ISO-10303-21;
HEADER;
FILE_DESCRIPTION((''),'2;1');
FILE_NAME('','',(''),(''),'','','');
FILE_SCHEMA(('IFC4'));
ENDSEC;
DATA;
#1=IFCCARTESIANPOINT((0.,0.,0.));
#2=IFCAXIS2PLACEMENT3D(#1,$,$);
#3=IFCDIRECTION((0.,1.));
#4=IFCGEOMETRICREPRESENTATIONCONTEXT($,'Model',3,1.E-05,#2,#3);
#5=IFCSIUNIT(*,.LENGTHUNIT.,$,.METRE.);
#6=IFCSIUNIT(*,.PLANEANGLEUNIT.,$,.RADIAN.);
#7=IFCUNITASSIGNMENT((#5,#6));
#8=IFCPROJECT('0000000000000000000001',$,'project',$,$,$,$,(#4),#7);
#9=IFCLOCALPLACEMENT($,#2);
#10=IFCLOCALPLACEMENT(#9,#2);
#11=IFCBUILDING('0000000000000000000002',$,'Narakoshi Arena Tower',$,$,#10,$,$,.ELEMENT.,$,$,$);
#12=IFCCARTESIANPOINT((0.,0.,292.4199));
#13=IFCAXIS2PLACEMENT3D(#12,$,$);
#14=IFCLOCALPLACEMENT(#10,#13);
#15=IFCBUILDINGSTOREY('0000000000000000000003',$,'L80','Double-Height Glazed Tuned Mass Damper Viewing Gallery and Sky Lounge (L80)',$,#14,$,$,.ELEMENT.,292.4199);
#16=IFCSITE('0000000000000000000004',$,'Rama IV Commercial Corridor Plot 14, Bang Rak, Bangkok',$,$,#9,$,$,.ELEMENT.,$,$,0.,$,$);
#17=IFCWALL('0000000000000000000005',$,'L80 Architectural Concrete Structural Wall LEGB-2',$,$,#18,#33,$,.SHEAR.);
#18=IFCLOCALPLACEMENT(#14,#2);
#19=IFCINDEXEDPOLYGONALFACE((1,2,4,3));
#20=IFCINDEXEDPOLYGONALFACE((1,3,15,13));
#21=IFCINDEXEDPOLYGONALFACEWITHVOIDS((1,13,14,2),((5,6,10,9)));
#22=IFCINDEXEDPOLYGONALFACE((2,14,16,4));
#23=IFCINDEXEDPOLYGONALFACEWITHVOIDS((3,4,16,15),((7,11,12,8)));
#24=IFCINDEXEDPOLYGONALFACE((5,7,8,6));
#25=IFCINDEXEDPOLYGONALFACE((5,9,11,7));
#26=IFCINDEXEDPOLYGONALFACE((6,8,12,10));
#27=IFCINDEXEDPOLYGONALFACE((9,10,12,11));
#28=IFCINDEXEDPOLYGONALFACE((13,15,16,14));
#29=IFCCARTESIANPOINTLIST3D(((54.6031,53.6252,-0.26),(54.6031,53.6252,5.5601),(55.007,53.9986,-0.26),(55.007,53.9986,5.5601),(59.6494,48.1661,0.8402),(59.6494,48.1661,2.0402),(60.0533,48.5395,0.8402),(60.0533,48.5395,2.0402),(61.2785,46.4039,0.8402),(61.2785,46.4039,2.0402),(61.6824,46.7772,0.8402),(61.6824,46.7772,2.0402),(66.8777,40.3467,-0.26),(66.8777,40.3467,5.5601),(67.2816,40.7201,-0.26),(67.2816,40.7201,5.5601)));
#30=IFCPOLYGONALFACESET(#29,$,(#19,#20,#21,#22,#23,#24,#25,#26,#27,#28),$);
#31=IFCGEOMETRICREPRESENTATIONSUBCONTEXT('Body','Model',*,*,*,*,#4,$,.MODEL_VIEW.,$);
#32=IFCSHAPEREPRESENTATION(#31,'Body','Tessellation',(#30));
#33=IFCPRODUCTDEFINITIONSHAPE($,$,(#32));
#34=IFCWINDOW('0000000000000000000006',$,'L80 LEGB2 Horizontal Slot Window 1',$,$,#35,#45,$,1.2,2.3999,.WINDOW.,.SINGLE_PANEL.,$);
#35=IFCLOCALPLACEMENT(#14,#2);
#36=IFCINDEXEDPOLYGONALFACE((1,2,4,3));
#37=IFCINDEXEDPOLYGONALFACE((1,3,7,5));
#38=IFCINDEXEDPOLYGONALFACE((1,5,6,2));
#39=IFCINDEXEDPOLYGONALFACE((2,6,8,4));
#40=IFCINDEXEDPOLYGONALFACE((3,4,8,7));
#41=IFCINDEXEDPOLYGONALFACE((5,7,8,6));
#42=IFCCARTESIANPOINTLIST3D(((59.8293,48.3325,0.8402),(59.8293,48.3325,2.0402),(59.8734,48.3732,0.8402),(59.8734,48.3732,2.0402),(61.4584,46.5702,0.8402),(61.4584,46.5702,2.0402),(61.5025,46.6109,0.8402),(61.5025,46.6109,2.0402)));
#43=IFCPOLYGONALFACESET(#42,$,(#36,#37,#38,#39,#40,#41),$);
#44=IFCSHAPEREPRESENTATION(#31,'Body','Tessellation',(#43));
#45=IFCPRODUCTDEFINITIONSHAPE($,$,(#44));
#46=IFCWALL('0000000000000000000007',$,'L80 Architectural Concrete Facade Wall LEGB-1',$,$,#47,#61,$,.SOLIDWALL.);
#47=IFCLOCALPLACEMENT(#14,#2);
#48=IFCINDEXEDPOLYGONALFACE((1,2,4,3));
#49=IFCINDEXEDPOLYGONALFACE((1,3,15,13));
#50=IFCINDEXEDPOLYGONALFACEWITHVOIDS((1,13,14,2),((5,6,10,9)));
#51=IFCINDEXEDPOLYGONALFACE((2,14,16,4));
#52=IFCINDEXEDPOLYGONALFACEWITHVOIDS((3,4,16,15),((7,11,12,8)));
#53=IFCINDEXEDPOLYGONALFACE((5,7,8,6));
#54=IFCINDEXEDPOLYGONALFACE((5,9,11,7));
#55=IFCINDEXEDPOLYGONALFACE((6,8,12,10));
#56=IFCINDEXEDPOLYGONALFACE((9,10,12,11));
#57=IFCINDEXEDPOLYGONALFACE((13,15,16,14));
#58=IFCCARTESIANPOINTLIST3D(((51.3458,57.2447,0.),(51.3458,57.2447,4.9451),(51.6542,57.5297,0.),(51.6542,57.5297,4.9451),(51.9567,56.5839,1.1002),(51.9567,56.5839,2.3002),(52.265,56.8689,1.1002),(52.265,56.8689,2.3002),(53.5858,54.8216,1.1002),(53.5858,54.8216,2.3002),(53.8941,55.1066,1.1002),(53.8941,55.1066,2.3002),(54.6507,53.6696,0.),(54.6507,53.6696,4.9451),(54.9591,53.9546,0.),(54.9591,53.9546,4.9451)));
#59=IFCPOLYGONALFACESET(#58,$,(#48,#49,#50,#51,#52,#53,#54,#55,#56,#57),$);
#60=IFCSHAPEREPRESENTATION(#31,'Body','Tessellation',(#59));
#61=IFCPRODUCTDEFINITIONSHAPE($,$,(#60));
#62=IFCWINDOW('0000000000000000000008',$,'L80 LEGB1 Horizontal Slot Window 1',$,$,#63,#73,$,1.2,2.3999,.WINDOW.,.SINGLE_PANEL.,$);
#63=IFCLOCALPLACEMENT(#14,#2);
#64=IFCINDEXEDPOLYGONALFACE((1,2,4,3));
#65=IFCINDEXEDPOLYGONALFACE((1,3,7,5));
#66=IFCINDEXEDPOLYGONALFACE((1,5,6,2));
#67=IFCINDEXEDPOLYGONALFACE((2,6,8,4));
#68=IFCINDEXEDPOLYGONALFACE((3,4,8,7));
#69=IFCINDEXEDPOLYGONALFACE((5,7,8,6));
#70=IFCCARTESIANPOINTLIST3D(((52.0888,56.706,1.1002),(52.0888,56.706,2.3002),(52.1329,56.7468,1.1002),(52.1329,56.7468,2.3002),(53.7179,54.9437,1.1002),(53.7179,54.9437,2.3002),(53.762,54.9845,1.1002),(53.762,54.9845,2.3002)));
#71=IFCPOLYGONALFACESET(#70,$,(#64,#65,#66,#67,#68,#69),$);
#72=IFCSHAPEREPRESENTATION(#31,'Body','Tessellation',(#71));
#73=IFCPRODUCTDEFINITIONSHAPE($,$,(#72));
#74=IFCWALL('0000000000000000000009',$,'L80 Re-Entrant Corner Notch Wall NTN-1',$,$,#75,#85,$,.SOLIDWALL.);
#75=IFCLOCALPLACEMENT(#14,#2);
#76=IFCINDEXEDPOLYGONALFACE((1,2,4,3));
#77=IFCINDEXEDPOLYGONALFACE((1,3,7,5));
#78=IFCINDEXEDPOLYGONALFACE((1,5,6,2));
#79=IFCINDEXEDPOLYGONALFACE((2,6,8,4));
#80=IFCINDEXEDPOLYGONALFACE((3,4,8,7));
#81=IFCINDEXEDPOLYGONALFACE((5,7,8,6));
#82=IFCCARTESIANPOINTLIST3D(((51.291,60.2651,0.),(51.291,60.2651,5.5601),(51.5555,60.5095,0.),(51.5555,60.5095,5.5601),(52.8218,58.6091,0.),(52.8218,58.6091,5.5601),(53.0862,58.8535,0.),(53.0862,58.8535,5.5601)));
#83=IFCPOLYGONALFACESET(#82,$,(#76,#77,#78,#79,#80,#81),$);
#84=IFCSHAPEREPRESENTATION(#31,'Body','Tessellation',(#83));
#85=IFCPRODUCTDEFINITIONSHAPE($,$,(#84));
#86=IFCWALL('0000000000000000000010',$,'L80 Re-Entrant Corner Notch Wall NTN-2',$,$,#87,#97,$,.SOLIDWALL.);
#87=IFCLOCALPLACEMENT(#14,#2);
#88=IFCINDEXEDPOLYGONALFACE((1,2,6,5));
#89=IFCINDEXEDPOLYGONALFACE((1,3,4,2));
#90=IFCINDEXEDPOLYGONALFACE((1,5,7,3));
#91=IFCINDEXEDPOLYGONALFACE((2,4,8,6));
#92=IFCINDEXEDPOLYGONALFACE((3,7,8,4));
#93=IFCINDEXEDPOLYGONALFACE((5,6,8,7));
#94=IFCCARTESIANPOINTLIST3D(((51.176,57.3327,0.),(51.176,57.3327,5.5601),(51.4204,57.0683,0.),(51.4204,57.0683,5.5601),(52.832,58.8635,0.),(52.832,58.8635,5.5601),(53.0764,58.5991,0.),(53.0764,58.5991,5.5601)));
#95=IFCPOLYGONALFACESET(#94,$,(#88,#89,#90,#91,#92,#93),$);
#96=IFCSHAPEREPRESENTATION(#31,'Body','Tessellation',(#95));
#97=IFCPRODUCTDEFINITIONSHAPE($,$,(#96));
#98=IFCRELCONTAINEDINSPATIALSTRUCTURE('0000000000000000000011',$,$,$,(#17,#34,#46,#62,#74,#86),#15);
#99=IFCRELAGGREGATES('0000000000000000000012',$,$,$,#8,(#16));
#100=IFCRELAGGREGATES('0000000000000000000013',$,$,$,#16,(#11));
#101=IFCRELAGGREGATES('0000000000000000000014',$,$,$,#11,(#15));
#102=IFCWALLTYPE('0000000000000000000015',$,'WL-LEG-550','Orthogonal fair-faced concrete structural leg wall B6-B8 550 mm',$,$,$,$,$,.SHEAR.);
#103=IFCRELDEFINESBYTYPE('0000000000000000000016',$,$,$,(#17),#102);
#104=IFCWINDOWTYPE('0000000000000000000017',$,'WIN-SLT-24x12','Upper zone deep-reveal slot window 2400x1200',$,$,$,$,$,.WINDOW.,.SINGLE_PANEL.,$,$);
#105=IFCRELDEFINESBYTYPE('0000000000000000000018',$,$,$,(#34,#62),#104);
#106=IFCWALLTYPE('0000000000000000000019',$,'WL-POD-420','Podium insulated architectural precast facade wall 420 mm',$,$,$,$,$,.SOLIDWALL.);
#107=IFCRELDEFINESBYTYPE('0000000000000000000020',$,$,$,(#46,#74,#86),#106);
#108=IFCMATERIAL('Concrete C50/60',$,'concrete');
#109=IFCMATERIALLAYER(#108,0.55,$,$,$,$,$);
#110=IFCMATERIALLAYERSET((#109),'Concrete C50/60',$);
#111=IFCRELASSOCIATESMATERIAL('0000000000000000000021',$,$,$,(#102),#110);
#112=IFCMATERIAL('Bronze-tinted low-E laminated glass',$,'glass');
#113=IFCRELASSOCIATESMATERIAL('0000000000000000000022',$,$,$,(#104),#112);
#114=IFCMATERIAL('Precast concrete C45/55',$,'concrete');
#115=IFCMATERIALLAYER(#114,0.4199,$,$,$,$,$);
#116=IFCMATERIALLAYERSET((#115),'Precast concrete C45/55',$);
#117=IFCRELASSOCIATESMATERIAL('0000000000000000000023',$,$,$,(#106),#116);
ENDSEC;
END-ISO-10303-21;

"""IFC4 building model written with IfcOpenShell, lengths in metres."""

from ifc_helpers import new_model, si_unit, direction, frame, frame_2d, origin, place, context, subcontext, project, spatial, rectangle, extrude, material, layer, layer_set, type_object, element, fill, save


model = new_model("IFC4")

# Units and contexts
model_context = context("Model", 3, precision=1e-05, world=origin(), true_north=direction((0.0, 1.0)))
body_context = subcontext(model_context, "Body", "Model", "MODEL_VIEW")
ifc_project = project(units=[si_unit("LENGTHUNIT", "METRE"), si_unit("PLANEANGLEUNIT", "RADIAN")], contexts=[model_context])

# Site, building, storey
site_placement = place(None, origin())
site = spatial("IfcSite", under=ifc_project, at=site_placement, Name="Rama IV Commercial Corridor Plot 14, Bang Rak, Bangkok", CompositionType="ELEMENT", RefElevation=0.0)
building_placement = place(site_placement, origin())
building = spatial("IfcBuilding", under=site, at=building_placement, Name="Narakoshi Arena Tower", CompositionType="ELEMENT")
storey_placement = place(building_placement, frame((0.0, 0.0, 292.4199)))
storey = spatial("IfcBuildingStorey", under=building, at=storey_placement, Name="L80", Description="Double-Height Glazed Tuned Mass Damper Viewing Gallery and Sky Lounge (L80)", CompositionType="ELEMENT", Elevation=292.4199)

# Shared definitions
ifc_material_1 = material(Name="Concrete C50/60", Category="concrete")

# Walls, openings, windows
ifc_layer_1 = layer(ifc_material_1, 0.55)
ifc_layer_set_1 = layer_set([ifc_layer_1], Name="Concrete C50/60")
wall_type_1 = type_object("IfcWallType", Name="WL-LEG-550", Description="Orthogonal fair-faced concrete structural leg wall B6-B8 550 mm", PredefinedType="SHEAR", material=ifc_layer_set_1)
wall_1_placement = place(storey_placement, frame((54.8049, 53.812, -0.26), z_axis=(0.0, 0.0, 1.0), x_axis=(0.678803, -0.73432, 0.0)))
wall_1 = element("IfcWall", 1, at=wall_1_placement, inside=storey, type_object=wall_type_1, Name="L80 Architectural Concrete Structural Wall LEGB-2", PredefinedType="SHEAR", context=body_context, shape_type="SweptSolid", body=[
    extrude(rectangle(XDim=18.0828, YDim=0.55, at=frame_2d((9.0415, 0.0))), origin(), (0.0, 0.0, 1.0), 5.8201),
])
opening_1_placement = place(wall_1_placement, frame((7.4343, 0.0, 1.1001)))
opening_1 = element("IfcOpeningElement", 2, at=opening_1_placement, cuts=wall_1, PredefinedType="OPENING", context=body_context, shape_type="SweptSolid", body=[
    extrude(rectangle(XDim=2.3999, YDim=1.2, at=frame_2d((1.2, 0.6001))), frame((0.0, 0.2849, 0.0), z_axis=(0.0, -1.0, 0.0), x_axis=(1.0, 0.0, 0.0)), (0.0, 0.0, 1.0), 0.5701),
])
ifc_material_2 = material(Name="Bronze-tinted low-E laminated glass", Category="glass")
window_type = type_object("IfcWindowType", Name="WIN-SLT-24x12", Description="Upper zone deep-reveal slot window 2400x1200", PartitioningType="SINGLE_PANEL", PredefinedType="WINDOW", material=ifc_material_2)
window_1_placement = place(opening_1_placement, origin())
window_1 = element("IfcWindow", 3, at=window_1_placement, inside=storey, type_object=window_type, Name="L80 LEGB2 Horizontal Slot Window 1", OverallHeight=1.2, OverallWidth=2.3999, PartitioningType="SINGLE_PANEL", PredefinedType="WINDOW", context=body_context, shape_type="SweptSolid", body=[
    extrude(rectangle(XDim=2.3999, YDim=1.2, at=frame_2d((1.2, 0.6001))), frame((0.0, 0.03, 0.0), z_axis=(0.0, -1.0, 0.0), x_axis=(1.0, 0.0, 0.0)), (0.0, 0.0, 1.0), 0.0601),
])
fill(opening_1, window_1)
ifc_material_3 = material(Name="Precast concrete C45/55", Category="concrete")
ifc_layer_2 = layer(ifc_material_3, 0.4199)
ifc_layer_set_2 = layer_set([ifc_layer_2], Name="Precast concrete C45/55")
wall_type_2 = type_object("IfcWallType", Name="WL-POD-420", Description="Podium insulated architectural precast facade wall 420 mm", PredefinedType="SOLIDWALL", material=ifc_layer_set_2)
wall_2_placement = place(storey_placement, frame((51.5, 57.3872, 0.0), z_axis=(0.0, 0.0, 1.0), x_axis=(0.678807, -0.734317, 0.0)))
wall_2 = element("IfcWall", 4, at=wall_2_placement, inside=storey, type_object=wall_type_2, Name="L80 Architectural Concrete Facade Wall LEGB-1", PredefinedType="SOLIDWALL", context=body_context, shape_type="SweptSolid", body=[
    extrude(rectangle(XDim=4.8687, YDim=0.4199, at=frame_2d((2.4343, 0.0))), origin(), (0.0, 0.0, 1.0), 4.9451),
])
opening_2_placement = place(wall_2_placement, frame((0.8999, 0.0, 1.1001)))
opening_2 = element("IfcOpeningElement", 5, at=opening_2_placement, cuts=wall_2, PredefinedType="OPENING", context=body_context, shape_type="SweptSolid", body=[
    extrude(rectangle(XDim=2.3999, YDim=1.2, at=frame_2d((1.2, 0.6001))), frame((0.0, 0.22, 0.0), z_axis=(0.0, -1.0, 0.0), x_axis=(1.0, 0.0, 0.0)), (0.0, 0.0, 1.0), 0.4399),
])
window_2_placement = place(opening_2_placement, origin())
window_2 = element("IfcWindow", 6, at=window_2_placement, inside=storey, type_object=window_type, Name="L80 LEGB1 Horizontal Slot Window 1", OverallHeight=1.2, OverallWidth=2.3999, PartitioningType="SINGLE_PANEL", PredefinedType="WINDOW", context=body_context, shape_type="SweptSolid", body=[
    extrude(rectangle(XDim=2.3999, YDim=1.2, at=frame_2d((1.2, 0.6001))), frame((0.0, 0.03, 0.0), z_axis=(0.0, -1.0, 0.0), x_axis=(1.0, 0.0, 0.0)), (0.0, 0.0, 1.0), 0.0601),
])
fill(opening_2, window_2)

# Walls
for number, where, z_axis, x_axis, name in (
    (7, (51.4233, 60.3872, 0.0), (0.0, 0.0, 1.0), (0.678793, -0.73433, 0.0), "L80 Re-Entrant Corner Notch Wall NTN-1"),
    (8, (52.9541, 58.7312, 0.0), (0.0, 0.0, 1.0), (-0.73433, -0.678793, 0.0), "L80 Re-Entrant Corner Notch Wall NTN-2"),
):
    element("IfcWall", number, at=place(storey_placement, frame(where, z_axis=z_axis, x_axis=x_axis)), inside=storey, type_object=wall_type_2, Name=name, PredefinedType="SOLIDWALL", context=body_context, shape_type="SweptSolid", body=[
        extrude(rectangle(XDim=2.2551, YDim=0.3601, at=frame_2d((1.1274, 0.0))), origin(), (0.0, 0.0, 1.0), 5.5601),
    ])

save(model, "model.ifc")
